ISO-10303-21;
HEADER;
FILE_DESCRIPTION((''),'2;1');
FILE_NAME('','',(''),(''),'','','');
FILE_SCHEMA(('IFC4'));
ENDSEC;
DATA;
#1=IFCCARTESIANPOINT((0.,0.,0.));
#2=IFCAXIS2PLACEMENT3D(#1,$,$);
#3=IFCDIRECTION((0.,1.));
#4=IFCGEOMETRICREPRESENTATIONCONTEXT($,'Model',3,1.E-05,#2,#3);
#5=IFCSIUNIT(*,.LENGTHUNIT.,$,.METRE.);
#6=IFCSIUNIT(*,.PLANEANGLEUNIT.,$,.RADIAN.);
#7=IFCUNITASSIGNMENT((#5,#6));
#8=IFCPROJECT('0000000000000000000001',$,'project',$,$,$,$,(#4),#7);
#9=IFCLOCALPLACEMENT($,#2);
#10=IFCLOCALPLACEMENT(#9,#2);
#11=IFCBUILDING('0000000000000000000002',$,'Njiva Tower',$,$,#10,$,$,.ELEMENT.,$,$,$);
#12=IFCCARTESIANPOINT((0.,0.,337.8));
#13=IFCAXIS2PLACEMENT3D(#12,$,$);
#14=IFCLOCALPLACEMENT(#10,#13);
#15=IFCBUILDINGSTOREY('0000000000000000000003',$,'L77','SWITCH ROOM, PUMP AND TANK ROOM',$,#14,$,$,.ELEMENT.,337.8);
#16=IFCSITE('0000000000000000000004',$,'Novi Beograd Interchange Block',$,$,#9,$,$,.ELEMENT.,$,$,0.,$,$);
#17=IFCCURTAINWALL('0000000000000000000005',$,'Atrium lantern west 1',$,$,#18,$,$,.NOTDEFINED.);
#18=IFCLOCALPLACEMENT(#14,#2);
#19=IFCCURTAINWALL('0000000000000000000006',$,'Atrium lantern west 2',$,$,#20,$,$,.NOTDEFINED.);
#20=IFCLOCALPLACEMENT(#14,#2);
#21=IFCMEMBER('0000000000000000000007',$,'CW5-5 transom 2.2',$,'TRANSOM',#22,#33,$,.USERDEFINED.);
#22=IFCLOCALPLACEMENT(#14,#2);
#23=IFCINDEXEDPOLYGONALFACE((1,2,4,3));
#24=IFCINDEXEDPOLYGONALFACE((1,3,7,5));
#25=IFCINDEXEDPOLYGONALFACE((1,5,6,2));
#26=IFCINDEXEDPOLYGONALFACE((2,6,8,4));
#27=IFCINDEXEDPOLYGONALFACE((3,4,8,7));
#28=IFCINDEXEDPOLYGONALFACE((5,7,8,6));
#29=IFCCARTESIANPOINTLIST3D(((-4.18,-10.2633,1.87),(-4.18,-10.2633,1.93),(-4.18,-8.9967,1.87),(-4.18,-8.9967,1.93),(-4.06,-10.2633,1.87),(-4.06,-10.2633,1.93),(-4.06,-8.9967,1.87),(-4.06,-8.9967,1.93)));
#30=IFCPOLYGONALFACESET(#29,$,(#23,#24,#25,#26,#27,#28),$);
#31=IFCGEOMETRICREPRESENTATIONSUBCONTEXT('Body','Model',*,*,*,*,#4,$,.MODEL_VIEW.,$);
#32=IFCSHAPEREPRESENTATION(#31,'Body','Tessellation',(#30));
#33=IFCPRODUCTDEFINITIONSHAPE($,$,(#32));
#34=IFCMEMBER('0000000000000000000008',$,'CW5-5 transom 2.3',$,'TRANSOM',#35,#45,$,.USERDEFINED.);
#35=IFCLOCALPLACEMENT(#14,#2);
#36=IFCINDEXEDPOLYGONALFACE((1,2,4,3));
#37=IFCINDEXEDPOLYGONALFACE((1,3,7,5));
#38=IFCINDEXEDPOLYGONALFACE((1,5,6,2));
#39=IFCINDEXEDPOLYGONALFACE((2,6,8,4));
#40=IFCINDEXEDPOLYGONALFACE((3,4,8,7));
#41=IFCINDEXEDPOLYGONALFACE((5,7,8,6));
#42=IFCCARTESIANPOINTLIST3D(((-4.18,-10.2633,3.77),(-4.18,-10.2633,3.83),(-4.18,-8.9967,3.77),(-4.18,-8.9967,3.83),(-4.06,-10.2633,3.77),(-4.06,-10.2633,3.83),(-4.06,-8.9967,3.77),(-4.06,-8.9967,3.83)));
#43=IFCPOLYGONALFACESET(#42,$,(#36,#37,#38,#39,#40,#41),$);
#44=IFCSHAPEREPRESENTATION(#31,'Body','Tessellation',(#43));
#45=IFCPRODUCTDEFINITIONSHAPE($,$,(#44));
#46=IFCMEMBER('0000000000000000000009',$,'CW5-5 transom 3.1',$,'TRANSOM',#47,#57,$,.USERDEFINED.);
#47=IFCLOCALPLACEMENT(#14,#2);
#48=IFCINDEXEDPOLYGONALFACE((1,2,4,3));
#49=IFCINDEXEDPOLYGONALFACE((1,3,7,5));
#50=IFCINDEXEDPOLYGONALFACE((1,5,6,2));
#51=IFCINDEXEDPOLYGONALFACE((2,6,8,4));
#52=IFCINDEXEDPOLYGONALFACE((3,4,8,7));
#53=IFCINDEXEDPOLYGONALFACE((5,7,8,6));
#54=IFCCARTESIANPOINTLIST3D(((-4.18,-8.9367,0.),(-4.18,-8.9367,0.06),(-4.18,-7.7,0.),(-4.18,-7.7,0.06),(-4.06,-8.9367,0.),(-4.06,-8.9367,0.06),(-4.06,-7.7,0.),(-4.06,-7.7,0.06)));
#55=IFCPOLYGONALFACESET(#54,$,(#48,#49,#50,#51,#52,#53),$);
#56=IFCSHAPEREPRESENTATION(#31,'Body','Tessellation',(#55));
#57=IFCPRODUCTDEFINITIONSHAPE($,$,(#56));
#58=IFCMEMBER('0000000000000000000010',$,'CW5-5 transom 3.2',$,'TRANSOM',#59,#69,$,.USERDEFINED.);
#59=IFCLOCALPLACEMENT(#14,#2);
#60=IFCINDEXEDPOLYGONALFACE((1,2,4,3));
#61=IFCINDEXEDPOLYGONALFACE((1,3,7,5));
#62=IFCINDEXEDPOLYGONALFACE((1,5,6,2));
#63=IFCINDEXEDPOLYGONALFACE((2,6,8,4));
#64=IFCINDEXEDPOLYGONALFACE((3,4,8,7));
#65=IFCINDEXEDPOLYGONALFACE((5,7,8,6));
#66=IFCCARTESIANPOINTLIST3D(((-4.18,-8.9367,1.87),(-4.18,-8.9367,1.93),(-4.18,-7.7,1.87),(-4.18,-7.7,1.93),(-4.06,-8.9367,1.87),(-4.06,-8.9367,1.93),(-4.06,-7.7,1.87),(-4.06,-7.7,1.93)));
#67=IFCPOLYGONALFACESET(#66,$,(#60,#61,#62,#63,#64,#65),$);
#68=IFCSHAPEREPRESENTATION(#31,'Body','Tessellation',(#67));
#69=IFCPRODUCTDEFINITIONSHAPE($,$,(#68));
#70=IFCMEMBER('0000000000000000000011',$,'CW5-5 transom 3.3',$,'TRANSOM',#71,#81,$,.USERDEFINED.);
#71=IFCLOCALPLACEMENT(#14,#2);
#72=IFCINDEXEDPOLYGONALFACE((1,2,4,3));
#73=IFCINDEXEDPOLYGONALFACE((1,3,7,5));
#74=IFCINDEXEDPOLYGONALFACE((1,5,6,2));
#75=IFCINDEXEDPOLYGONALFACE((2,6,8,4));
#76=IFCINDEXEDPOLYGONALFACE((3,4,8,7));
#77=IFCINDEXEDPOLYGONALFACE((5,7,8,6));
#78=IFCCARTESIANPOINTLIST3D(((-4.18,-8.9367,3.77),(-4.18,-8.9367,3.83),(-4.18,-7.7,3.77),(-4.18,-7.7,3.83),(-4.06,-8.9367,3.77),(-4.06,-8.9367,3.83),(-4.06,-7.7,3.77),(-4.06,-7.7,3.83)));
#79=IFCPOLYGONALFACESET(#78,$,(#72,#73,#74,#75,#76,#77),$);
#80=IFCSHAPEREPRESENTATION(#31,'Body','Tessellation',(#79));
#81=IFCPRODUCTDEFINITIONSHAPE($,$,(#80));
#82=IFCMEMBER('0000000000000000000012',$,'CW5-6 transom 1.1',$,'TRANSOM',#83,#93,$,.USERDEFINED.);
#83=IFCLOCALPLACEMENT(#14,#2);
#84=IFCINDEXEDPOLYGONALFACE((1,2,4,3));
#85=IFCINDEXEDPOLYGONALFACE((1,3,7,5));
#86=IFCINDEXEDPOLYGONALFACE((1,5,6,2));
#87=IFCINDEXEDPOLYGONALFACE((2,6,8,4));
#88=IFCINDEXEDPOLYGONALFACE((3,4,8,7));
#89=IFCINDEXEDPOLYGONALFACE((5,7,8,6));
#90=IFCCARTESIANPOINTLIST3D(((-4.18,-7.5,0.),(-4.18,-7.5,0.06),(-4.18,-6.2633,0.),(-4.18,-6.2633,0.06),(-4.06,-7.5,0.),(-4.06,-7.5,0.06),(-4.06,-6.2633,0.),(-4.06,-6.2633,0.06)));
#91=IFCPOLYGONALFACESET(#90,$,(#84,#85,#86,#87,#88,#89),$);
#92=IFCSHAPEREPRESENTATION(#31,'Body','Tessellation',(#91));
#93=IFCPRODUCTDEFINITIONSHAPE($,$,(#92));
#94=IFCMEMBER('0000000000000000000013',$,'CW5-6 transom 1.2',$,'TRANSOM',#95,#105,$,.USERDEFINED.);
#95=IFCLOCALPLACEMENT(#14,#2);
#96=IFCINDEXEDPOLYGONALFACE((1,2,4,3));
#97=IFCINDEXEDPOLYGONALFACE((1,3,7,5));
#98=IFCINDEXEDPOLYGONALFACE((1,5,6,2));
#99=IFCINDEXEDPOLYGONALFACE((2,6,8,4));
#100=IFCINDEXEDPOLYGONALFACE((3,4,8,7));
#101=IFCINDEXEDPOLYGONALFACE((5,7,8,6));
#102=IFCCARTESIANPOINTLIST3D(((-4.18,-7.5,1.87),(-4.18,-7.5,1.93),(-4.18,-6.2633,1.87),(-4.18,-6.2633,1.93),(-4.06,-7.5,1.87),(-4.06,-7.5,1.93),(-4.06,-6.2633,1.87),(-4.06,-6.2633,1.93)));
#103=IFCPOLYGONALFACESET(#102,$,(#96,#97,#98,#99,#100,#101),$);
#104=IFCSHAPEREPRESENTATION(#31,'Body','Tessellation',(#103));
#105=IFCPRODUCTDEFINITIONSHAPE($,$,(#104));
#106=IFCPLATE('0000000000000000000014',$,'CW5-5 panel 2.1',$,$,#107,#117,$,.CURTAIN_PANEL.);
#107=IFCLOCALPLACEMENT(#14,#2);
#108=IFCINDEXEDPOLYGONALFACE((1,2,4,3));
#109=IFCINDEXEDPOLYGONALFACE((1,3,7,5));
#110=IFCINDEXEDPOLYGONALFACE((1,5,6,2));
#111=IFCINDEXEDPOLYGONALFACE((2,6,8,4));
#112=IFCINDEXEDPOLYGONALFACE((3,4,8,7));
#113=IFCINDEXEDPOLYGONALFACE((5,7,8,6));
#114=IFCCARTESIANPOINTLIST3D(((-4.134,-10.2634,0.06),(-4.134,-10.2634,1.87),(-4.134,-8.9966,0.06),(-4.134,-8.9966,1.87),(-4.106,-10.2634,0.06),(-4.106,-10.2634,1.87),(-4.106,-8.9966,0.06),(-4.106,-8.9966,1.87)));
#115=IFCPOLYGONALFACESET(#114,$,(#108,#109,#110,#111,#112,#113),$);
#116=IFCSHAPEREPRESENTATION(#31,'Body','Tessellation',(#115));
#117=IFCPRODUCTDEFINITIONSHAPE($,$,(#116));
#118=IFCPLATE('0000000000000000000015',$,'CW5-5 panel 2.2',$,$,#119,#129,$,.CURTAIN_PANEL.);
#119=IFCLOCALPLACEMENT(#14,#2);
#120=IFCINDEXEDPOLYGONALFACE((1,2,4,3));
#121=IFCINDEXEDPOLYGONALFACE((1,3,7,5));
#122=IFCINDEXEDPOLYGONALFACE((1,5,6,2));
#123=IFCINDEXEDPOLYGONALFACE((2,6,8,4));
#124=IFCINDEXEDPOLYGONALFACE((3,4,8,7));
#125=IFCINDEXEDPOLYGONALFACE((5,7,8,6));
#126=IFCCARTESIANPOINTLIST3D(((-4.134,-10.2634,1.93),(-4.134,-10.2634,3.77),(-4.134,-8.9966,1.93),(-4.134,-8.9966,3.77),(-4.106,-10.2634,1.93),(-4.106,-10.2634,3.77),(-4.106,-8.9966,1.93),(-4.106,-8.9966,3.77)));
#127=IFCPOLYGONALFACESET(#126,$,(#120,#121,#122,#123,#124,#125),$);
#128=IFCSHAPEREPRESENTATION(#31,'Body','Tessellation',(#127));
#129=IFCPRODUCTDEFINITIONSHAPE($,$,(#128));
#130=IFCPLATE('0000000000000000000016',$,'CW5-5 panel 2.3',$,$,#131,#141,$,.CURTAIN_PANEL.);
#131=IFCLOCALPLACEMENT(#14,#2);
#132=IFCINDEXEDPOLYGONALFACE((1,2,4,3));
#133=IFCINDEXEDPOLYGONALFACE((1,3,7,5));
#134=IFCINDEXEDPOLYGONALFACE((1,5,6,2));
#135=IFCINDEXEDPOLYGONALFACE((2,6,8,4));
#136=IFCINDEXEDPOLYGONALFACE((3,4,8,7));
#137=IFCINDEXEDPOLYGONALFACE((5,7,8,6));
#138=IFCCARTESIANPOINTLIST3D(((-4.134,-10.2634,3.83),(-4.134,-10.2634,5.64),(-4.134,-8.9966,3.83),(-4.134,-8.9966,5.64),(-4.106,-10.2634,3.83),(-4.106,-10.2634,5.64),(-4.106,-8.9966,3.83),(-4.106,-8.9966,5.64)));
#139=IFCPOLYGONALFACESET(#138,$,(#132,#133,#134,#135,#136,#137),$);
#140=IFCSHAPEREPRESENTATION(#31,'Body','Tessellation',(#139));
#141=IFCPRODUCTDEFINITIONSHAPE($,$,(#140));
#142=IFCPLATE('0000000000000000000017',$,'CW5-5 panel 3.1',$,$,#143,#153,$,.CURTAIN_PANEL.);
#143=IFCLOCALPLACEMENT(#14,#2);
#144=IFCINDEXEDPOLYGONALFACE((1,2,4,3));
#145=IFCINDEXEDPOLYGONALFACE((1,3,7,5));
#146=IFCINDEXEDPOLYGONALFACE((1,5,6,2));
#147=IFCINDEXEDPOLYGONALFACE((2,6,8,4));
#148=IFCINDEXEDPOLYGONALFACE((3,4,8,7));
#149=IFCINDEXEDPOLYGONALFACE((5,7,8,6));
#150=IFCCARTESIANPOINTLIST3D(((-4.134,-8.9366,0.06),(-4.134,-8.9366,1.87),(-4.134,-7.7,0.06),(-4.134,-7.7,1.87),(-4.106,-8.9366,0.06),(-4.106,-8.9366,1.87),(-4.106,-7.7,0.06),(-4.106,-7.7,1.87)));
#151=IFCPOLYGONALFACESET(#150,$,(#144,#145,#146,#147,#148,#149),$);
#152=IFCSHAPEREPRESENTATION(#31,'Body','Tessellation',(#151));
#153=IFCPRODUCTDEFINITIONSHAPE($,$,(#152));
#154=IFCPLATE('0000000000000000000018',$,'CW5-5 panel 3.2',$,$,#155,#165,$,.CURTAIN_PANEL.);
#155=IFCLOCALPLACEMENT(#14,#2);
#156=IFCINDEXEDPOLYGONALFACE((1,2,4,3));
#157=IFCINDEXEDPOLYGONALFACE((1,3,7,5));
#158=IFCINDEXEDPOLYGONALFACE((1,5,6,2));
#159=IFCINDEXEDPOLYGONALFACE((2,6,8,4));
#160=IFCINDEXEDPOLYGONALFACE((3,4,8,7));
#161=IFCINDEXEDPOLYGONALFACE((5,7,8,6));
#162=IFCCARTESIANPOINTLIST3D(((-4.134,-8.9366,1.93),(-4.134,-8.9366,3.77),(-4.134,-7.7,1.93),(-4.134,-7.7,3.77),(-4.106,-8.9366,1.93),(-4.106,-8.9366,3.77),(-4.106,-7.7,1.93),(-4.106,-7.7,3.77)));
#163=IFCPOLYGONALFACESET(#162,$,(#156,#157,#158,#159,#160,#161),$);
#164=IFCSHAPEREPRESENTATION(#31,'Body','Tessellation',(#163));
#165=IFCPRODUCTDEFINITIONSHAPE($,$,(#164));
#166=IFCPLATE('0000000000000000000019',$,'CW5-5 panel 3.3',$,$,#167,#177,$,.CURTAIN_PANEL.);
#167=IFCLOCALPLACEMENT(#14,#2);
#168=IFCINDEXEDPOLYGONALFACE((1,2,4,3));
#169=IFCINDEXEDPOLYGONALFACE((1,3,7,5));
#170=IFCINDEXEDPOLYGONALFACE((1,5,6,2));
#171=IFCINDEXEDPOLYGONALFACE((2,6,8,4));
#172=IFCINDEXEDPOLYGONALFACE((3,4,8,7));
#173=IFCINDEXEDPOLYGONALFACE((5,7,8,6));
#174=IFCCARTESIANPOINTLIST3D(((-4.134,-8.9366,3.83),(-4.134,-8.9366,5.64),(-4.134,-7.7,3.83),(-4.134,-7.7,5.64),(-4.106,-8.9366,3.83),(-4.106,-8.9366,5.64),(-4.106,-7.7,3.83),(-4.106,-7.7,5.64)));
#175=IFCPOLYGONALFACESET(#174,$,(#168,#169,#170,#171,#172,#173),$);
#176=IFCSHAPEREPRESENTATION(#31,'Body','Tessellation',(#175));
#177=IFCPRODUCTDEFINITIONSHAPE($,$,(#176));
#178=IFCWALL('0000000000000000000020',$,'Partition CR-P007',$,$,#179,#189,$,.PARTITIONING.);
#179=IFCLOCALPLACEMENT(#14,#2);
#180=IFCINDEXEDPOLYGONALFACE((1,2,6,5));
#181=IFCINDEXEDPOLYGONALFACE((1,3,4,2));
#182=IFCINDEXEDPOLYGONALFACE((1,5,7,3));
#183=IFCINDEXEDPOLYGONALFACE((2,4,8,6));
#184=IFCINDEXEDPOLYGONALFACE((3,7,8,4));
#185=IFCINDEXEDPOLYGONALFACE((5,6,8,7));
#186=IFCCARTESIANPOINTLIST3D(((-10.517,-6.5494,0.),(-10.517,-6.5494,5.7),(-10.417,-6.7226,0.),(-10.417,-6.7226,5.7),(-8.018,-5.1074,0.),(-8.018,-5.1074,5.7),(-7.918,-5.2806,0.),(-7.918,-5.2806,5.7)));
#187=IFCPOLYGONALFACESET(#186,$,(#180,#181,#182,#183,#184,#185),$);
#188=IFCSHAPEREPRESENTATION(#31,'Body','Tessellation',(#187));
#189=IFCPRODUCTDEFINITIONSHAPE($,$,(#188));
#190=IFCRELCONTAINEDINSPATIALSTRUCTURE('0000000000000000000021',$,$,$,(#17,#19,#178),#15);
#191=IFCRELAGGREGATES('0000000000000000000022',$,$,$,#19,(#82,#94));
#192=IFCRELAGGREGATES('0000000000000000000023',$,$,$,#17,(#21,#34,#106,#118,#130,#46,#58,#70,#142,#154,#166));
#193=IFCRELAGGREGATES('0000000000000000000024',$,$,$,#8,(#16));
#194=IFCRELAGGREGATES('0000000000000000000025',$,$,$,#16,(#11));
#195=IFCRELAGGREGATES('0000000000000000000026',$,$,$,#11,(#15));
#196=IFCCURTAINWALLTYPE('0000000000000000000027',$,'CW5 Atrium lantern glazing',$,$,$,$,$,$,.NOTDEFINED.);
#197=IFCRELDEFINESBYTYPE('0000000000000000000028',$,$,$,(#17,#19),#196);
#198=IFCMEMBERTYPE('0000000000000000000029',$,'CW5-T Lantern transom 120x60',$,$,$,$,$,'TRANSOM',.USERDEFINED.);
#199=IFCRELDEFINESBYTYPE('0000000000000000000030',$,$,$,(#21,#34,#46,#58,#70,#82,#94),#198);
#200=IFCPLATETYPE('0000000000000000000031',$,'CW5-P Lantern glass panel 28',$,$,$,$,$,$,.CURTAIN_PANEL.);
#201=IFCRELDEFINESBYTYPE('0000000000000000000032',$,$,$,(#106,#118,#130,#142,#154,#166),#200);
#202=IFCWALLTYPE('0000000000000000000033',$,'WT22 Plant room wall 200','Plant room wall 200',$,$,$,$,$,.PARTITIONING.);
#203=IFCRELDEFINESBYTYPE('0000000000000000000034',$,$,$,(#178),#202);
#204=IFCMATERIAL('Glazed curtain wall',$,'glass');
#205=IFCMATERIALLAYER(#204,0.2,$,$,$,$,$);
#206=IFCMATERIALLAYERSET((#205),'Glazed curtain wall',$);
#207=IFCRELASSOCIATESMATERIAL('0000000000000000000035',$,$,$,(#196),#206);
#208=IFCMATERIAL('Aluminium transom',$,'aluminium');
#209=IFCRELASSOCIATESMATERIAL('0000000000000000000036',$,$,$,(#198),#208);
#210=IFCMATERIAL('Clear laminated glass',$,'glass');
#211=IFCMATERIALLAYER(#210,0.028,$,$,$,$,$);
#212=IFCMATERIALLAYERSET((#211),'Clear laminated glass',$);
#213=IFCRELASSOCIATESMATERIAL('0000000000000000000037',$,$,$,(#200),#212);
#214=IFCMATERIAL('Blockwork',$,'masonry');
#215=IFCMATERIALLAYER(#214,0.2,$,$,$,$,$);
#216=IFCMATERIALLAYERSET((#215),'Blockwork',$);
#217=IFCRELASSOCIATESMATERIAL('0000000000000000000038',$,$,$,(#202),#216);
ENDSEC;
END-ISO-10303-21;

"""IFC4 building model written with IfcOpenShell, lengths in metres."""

from ifc_helpers import new_model, si_unit, direction, frame, frame_2d, origin, origin_2d, place, context, subcontext, project, spatial, rectangle, extrude, material, layer, layer_set, material_profile, profile_set, type_object, element, aggregate, save


model = new_model("IFC4")

# Units and contexts
model_context = context("Model", 3, precision=1e-05, world=origin(), true_north=direction((0.0, 1.0)))
body_context = subcontext(model_context, "Body", "Model", "MODEL_VIEW")
ifc_project = project(units=[si_unit("LENGTHUNIT", "METRE"), si_unit("PLANEANGLEUNIT", "RADIAN")], contexts=[model_context])

# Site, building, storey
site_placement = place(None, origin())
site = spatial("IfcSite", under=ifc_project, at=site_placement, Name="Novi Beograd Interchange Block", CompositionType="ELEMENT", RefElevation=0.0)
building_placement = place(site_placement, origin())
building = spatial("IfcBuilding", under=site, at=building_placement, Name="Njiva Tower", CompositionType="ELEMENT")
storey_placement = place(building_placement, frame((0.0, 0.0, 337.8)))
storey = spatial("IfcBuildingStorey", under=building, at=storey_placement, Name="L77", Description="SWITCH ROOM, PUMP AND TANK ROOM", CompositionType="ELEMENT", Elevation=337.8)

# Curtain wall
ifc_material_1 = material(Name="Glazed curtain wall", Category="glass")
ifc_layer_1 = layer(ifc_material_1, 0.2)
ifc_layer_set_1 = layer_set([ifc_layer_1], Name="Glazed curtain wall")
curtain_wall_type = type_object("IfcCurtainWallType", Name="CW5 Atrium lantern glazing", PredefinedType="NOTDEFINED", material=ifc_layer_set_1)
curtain_wall_1_placement = place(storey_placement, origin())
curtain_wall_1 = element("IfcCurtainWall", 1, at=curtain_wall_1_placement, inside=storey, type_object=curtain_wall_type, Name="Atrium lantern west 1", PredefinedType="NOTDEFINED")

# Curtain wall
curtain_wall_2_placement = place(storey_placement, origin())
curtain_wall_2 = element("IfcCurtainWall", 2, at=curtain_wall_2_placement, inside=storey, type_object=curtain_wall_type, Name="Atrium lantern west 2", PredefinedType="NOTDEFINED")

# Members
ifc_material_2 = material(Name="Aluminium transom", Category="aluminium")
ifc_material_profile_1 = material_profile(ifc_material_2, rectangle(XDim=0.12, YDim=0.06, at=origin_2d()), Name="RECT 120x60")
ifc_profile_set_1 = profile_set([ifc_material_profile_1], Name="Aluminium transom")
member_type_1 = type_object("IfcMemberType", Name="CW5-T Lantern transom 120x60", ElementType="TRANSOM", PredefinedType="USERDEFINED", material=ifc_profile_set_1)
member_1_placement = place(storey_placement, frame((-4.12, -10.2633, 1.9), z_axis=(0.0, 1.0, 0.0), x_axis=(-1.0, 0.0, 0.0)))
member_1 = element("IfcMember", 3, at=member_1_placement, type_object=member_type_1, Name="CW5-5 transom 2.2", ObjectType="TRANSOM", PredefinedType="USERDEFINED", context=body_context, shape_type="SweptSolid", body=[
    extrude(rectangle(XDim=0.12, YDim=0.06, at=origin_2d()), origin(), (0.0, 0.0, 1.0), 1.2666),
])
member_2_placement = place(storey_placement, frame((-4.12, -10.2633, 3.8), z_axis=(0.0, 1.0, 0.0), x_axis=(-1.0, 0.0, 0.0)))
member_2 = element("IfcMember", 4, at=member_2_placement, type_object=member_type_1, Name="CW5-5 transom 2.3", ObjectType="TRANSOM", PredefinedType="USERDEFINED", context=body_context, shape_type="SweptSolid", body=[
    extrude(rectangle(XDim=0.12, YDim=0.06, at=origin_2d()), origin(), (0.0, 0.0, 1.0), 1.2666),
])
member_3_placement = place(storey_placement, frame((-4.12, -8.9367, 0.03), z_axis=(0.0, 1.0, 0.0), x_axis=(-1.0, 0.0, 0.0)))
member_3 = element("IfcMember", 5, at=member_3_placement, type_object=member_type_1, Name="CW5-5 transom 3.1", ObjectType="TRANSOM", PredefinedType="USERDEFINED", context=body_context, shape_type="SweptSolid", body=[
    extrude(rectangle(XDim=0.12, YDim=0.06, at=origin_2d()), origin(), (0.0, 0.0, 1.0), 1.2367),
])
member_4_placement = place(storey_placement, frame((-4.12, -8.9367, 1.9), z_axis=(0.0, 1.0, 0.0), x_axis=(-1.0, 0.0, 0.0)))
member_4 = element("IfcMember", 6, at=member_4_placement, type_object=member_type_1, Name="CW5-5 transom 3.2", ObjectType="TRANSOM", PredefinedType="USERDEFINED", context=body_context, shape_type="SweptSolid", body=[
    extrude(rectangle(XDim=0.12, YDim=0.06, at=origin_2d()), origin(), (0.0, 0.0, 1.0), 1.2367),
])
member_5_placement = place(storey_placement, frame((-4.12, -8.9367, 3.8), z_axis=(0.0, 1.0, 0.0), x_axis=(-1.0, 0.0, 0.0)))
member_5 = element("IfcMember", 7, at=member_5_placement, type_object=member_type_1, Name="CW5-5 transom 3.3", ObjectType="TRANSOM", PredefinedType="USERDEFINED", context=body_context, shape_type="SweptSolid", body=[
    extrude(rectangle(XDim=0.12, YDim=0.06, at=origin_2d()), origin(), (0.0, 0.0, 1.0), 1.2367),
])
member_6_placement = place(storey_placement, frame((-4.12, -7.5, 0.03), z_axis=(0.0, 1.0, 0.0), x_axis=(-1.0, 0.0, 0.0)))
member_6 = element("IfcMember", 8, at=member_6_placement, type_object=member_type_1, Name="CW5-6 transom 1.1", ObjectType="TRANSOM", PredefinedType="USERDEFINED", context=body_context, shape_type="SweptSolid", body=[
    extrude(rectangle(XDim=0.12, YDim=0.06, at=origin_2d()), origin(), (0.0, 0.0, 1.0), 1.2367),
])
member_7_placement = place(storey_placement, frame((-4.12, -7.5, 1.9), z_axis=(0.0, 1.0, 0.0), x_axis=(-1.0, 0.0, 0.0)))
member_7 = element("IfcMember", 9, at=member_7_placement, type_object=member_type_1, Name="CW5-6 transom 1.2", ObjectType="TRANSOM", PredefinedType="USERDEFINED", context=body_context, shape_type="SweptSolid", body=[
    extrude(rectangle(XDim=0.12, YDim=0.06, at=origin_2d()), origin(), (0.0, 0.0, 1.0), 1.2367),
])
aggregate(curtain_wall_2, [member_6, member_7])

# Plates
ifc_material_3 = material(Name="Clear laminated glass", Category="glass")
ifc_layer_2 = layer(ifc_material_3, 0.028)
ifc_layer_set_2 = layer_set([ifc_layer_2], Name="Clear laminated glass")
plate_type = type_object("IfcPlateType", Name="CW5-P Lantern glass panel 28", PredefinedType="CURTAIN_PANEL", material=ifc_layer_set_2)
plate_1_placement = place(storey_placement, frame((-4.12, -9.63, 0.06), z_axis=(0.0, 0.0, 1.0), x_axis=(0.0, 1.0, 0.0)))
plate_1 = element("IfcPlate", 10, at=plate_1_placement, type_object=plate_type, Name="CW5-5 panel 2.1", PredefinedType="CURTAIN_PANEL", context=body_context, shape_type="SweptSolid", body=[
    extrude(rectangle(XDim=1.2667, YDim=0.028, at=origin_2d()), origin(), (0.0, 0.0, 1.0), 1.81),
])
plate_2_placement = place(storey_placement, frame((-4.12, -9.63, 1.93), z_axis=(0.0, 0.0, 1.0), x_axis=(0.0, 1.0, 0.0)))
plate_2 = element("IfcPlate", 11, at=plate_2_placement, type_object=plate_type, Name="CW5-5 panel 2.2", PredefinedType="CURTAIN_PANEL", context=body_context, shape_type="SweptSolid", body=[
    extrude(rectangle(XDim=1.2667, YDim=0.028, at=origin_2d()), origin(), (0.0, 0.0, 1.0), 1.84),
])
plate_3_placement = place(storey_placement, frame((-4.12, -9.63, 3.83), z_axis=(0.0, 0.0, 1.0), x_axis=(0.0, 1.0, 0.0)))
plate_3 = element("IfcPlate", 12, at=plate_3_placement, type_object=plate_type, Name="CW5-5 panel 2.3", PredefinedType="CURTAIN_PANEL", context=body_context, shape_type="SweptSolid", body=[
    extrude(rectangle(XDim=1.2667, YDim=0.028, at=origin_2d()), origin(), (0.0, 0.0, 1.0), 1.81),
])
plate_4_placement = place(storey_placement, frame((-4.12, -8.3183, 0.06), z_axis=(0.0, 0.0, 1.0), x_axis=(0.0, 1.0, 0.0)))
plate_4 = element("IfcPlate", 13, at=plate_4_placement, type_object=plate_type, Name="CW5-5 panel 3.1", PredefinedType="CURTAIN_PANEL", context=body_context, shape_type="SweptSolid", body=[
    extrude(rectangle(XDim=1.2367, YDim=0.028, at=origin_2d()), origin(), (0.0, 0.0, 1.0), 1.81),
])
plate_5_placement = place(storey_placement, frame((-4.12, -8.3183, 1.93), z_axis=(0.0, 0.0, 1.0), x_axis=(0.0, 1.0, 0.0)))
plate_5 = element("IfcPlate", 14, at=plate_5_placement, type_object=plate_type, Name="CW5-5 panel 3.2", PredefinedType="CURTAIN_PANEL", context=body_context, shape_type="SweptSolid", body=[
    extrude(rectangle(XDim=1.2367, YDim=0.028, at=origin_2d()), origin(), (0.0, 0.0, 1.0), 1.84),
])
plate_6_placement = place(storey_placement, frame((-4.12, -8.3183, 3.83), z_axis=(0.0, 0.0, 1.0), x_axis=(0.0, 1.0, 0.0)))
plate_6 = element("IfcPlate", 15, at=plate_6_placement, type_object=plate_type, Name="CW5-5 panel 3.3", PredefinedType="CURTAIN_PANEL", context=body_context, shape_type="SweptSolid", body=[
    extrude(rectangle(XDim=1.2367, YDim=0.028, at=origin_2d()), origin(), (0.0, 0.0, 1.0), 1.81),
])
aggregate(curtain_wall_1, [member_1, member_2, plate_1, plate_2, plate_3, member_3, member_4, member_5, plate_4, plate_5, plate_6])

# Wall
ifc_material_4 = material(Name="Blockwork", Category="masonry")
ifc_layer_3 = layer(ifc_material_4, 0.2)
ifc_layer_set_3 = layer_set([ifc_layer_3], Name="Blockwork")
wall_type = type_object("IfcWallType", Name="WT22 Plant room wall 200", Description="Plant room wall 200", PredefinedType="PARTITIONING", material=ifc_layer_set_3)
wall_1_placement = place(storey_placement, frame((-10.467, -6.636, 0.0), z_axis=(0.0, 0.0, 1.0), x_axis=(0.866145, 0.499792, 0.0)))
element("IfcWall", 16, at=wall_1_placement, inside=storey, type_object=wall_type, Name="Partition CR-P007", PredefinedType="PARTITIONING", context=body_context, shape_type="SweptSolid", body=[
    extrude(rectangle(XDim=2.8852, YDim=0.2, at=frame_2d((1.4426, 0.0))), origin(), (0.0, 0.0, 1.0), 5.7),
])

save(model, "model.ifc")
